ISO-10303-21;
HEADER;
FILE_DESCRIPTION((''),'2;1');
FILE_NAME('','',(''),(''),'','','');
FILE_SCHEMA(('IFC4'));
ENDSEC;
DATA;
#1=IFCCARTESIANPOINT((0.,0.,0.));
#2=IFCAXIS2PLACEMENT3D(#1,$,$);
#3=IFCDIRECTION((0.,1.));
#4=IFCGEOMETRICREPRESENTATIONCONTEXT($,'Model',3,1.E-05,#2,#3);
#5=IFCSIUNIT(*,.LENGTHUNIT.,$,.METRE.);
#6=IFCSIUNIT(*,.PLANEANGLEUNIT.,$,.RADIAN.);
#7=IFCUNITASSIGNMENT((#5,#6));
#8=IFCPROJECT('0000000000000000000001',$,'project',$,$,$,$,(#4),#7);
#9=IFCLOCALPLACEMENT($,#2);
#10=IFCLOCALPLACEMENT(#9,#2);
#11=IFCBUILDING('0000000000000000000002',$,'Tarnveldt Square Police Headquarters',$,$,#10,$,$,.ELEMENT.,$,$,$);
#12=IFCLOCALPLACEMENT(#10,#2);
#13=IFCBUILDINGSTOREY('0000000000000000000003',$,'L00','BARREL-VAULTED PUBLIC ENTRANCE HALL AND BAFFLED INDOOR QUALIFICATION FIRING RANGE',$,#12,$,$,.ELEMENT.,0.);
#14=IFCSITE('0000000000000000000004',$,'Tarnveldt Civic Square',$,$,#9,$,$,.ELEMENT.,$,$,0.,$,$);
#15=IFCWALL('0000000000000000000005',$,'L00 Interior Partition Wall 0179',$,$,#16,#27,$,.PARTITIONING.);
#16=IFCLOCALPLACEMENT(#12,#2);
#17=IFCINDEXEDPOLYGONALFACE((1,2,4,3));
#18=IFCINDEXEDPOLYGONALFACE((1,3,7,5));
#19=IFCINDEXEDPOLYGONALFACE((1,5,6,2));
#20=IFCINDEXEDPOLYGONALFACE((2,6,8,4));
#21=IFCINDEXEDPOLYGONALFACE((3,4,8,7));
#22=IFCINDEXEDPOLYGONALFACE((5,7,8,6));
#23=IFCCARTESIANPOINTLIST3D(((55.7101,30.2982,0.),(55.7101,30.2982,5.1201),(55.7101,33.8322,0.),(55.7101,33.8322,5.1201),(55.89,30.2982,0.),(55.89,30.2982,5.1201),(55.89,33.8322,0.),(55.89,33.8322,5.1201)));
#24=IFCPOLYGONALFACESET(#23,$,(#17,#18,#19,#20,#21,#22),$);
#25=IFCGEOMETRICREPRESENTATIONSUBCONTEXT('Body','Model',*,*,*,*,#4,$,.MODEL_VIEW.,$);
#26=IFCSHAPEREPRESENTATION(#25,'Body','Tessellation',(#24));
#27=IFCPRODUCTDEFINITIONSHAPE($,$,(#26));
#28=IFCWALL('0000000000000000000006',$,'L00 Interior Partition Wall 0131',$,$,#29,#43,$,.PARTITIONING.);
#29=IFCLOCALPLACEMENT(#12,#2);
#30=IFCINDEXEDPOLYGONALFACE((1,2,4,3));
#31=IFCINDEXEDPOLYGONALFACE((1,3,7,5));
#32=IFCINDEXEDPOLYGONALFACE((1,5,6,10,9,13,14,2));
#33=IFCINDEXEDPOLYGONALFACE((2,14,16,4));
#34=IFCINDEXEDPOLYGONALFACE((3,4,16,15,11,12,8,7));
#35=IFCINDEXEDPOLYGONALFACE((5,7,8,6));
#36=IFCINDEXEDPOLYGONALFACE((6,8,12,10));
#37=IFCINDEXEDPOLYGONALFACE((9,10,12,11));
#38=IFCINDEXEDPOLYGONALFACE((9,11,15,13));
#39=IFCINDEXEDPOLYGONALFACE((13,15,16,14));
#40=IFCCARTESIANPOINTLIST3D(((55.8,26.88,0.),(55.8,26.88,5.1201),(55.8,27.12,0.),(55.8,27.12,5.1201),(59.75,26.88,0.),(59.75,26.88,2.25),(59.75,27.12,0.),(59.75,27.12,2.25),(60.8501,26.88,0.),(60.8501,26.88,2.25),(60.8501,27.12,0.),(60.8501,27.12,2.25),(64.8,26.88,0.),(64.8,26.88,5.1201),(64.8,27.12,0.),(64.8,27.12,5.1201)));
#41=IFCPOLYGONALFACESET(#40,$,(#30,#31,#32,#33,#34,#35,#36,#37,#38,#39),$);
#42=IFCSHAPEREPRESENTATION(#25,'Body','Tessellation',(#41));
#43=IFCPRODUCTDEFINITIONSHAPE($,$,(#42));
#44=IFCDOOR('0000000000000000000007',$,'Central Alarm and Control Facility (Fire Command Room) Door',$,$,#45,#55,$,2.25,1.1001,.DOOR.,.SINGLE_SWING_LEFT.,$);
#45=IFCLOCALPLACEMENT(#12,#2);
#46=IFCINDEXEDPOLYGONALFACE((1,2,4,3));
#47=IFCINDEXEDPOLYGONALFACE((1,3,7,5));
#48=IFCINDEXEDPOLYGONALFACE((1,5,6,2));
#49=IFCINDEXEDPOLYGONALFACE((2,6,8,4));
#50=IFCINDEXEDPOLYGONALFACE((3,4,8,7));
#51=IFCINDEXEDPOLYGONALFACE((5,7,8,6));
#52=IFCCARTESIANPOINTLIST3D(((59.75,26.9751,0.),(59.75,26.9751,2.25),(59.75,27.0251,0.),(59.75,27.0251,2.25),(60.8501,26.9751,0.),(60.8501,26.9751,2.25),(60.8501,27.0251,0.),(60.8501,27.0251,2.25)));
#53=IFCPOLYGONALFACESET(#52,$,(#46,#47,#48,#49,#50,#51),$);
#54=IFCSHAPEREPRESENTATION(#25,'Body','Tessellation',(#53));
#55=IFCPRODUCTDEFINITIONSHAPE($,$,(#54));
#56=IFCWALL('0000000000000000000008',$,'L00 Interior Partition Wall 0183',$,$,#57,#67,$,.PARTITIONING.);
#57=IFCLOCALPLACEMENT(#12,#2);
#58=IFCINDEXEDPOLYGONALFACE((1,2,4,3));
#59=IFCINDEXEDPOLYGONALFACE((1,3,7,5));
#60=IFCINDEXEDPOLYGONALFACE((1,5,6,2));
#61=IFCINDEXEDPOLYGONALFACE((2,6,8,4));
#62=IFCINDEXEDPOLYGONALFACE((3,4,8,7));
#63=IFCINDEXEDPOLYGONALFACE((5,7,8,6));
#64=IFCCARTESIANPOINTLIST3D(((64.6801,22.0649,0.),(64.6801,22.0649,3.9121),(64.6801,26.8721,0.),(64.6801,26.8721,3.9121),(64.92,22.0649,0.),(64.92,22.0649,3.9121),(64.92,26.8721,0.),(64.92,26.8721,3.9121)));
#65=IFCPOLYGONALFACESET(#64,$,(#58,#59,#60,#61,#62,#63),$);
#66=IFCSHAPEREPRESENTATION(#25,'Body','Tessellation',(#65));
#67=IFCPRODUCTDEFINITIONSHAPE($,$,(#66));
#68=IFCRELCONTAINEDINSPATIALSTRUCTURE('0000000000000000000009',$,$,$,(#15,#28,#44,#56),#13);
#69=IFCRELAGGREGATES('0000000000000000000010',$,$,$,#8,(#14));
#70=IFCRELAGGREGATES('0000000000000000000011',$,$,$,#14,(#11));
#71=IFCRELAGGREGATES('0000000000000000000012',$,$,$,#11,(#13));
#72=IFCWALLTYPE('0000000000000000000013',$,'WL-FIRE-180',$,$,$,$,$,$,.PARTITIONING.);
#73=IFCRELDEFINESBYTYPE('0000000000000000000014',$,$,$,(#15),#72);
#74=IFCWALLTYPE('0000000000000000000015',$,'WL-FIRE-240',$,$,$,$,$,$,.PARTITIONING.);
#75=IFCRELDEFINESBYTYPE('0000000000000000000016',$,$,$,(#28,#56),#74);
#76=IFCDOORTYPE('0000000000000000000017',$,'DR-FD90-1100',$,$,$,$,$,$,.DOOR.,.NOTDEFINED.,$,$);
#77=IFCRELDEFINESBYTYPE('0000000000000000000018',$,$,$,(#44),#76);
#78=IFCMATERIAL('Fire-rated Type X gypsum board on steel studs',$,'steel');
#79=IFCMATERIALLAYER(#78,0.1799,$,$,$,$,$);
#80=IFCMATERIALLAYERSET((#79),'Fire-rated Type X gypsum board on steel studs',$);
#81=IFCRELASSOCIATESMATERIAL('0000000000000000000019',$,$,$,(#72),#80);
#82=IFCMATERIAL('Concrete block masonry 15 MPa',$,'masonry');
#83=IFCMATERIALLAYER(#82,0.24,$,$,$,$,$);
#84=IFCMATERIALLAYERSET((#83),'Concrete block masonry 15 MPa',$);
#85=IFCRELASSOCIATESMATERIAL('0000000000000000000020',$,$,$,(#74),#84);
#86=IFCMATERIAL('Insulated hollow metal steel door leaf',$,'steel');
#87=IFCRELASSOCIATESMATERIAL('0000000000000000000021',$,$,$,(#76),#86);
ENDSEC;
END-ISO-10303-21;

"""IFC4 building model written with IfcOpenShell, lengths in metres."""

from ifc_helpers import new_model, si_unit, direction, frame, frame_2d, origin, place, context, subcontext, project, spatial, rectangle, extrude, material, layer, layer_set, type_object, element, fill, save


model = new_model("IFC4")

# Units and contexts
model_context = context("Model", 3, precision=1e-05, world=origin(), true_north=direction((0.0, 1.0)))
body_context = subcontext(model_context, "Body", "Model", "MODEL_VIEW")
ifc_project = project(units=[si_unit("LENGTHUNIT", "METRE"), si_unit("PLANEANGLEUNIT", "RADIAN")], contexts=[model_context])

# Site, building, storey
site_placement = place(None, origin())
site = spatial("IfcSite", under=ifc_project, at=site_placement, Name="Tarnveldt Civic Square", CompositionType="ELEMENT", RefElevation=0.0)
building_placement = place(site_placement, origin())
building = spatial("IfcBuilding", under=site, at=building_placement, Name="Tarnveldt Square Police Headquarters", CompositionType="ELEMENT")
storey_placement = place(building_placement, origin())
storey = spatial("IfcBuildingStorey", under=building, at=storey_placement, Name="L00", Description="BARREL-VAULTED PUBLIC ENTRANCE HALL AND BAFFLED INDOOR QUALIFICATION FIRING RANGE", CompositionType="ELEMENT", Elevation=0.0)

# Wall
ifc_material_1 = material(Name="Fire-rated Type X gypsum board on steel studs", Category="steel")
ifc_layer_1 = layer(ifc_material_1, 0.1799)
ifc_layer_set_1 = layer_set([ifc_layer_1], Name="Fire-rated Type X gypsum board on steel studs")
wall_type_1 = type_object("IfcWallType", Name="WL-FIRE-180", PredefinedType="PARTITIONING", material=ifc_layer_set_1)
wall_1_placement = place(storey_placement, frame((55.8, 30.2981, 0.0), z_axis=(0.0, 0.0, 1.0), x_axis=(0.0, 1.0, 0.0)))
element("IfcWall", 1, at=wall_1_placement, inside=storey, type_object=wall_type_1, Name="L00 Interior Partition Wall 0179", PredefinedType="PARTITIONING", context=body_context, shape_type="SweptSolid", body=[
    extrude(rectangle(XDim=3.5339, YDim=0.1799, at=frame_2d((1.7671, 0.0))), origin(), (0.0, 0.0, 1.0), 5.1201),
])

# Wall, opening, door
ifc_material_2 = material(Name="Insulated hollow metal steel door leaf", Category="steel")
ifc_material_3 = material(Name="Concrete block masonry 15 MPa", Category="masonry")
ifc_layer_2 = layer(ifc_material_3, 0.24)
ifc_layer_set_2 = layer_set([ifc_layer_2], Name="Concrete block masonry 15 MPa")
wall_type_2 = type_object("IfcWallType", Name="WL-FIRE-240", PredefinedType="PARTITIONING", material=ifc_layer_set_2)
wall_2_placement = place(storey_placement, frame((55.8, 27.0, 0.0), z_axis=(0.0, 0.0, 1.0), x_axis=(1.0, 0.0, 0.0)))
wall_2 = element("IfcWall", 2, at=wall_2_placement, inside=storey, type_object=wall_type_2, Name="L00 Interior Partition Wall 0131", PredefinedType="PARTITIONING", context=body_context, shape_type="SweptSolid", body=[
    extrude(rectangle(XDim=9.0, YDim=0.24, at=frame_2d((4.5, 0.0))), origin(), (0.0, 0.0, 1.0), 5.1201),
])
opening_1_placement = place(wall_2_placement, frame((3.95, 0.0, 0.0)))
opening_1 = element("IfcOpeningElement", 3, at=opening_1_placement, cuts=wall_2, PredefinedType="OPENING", context=body_context, shape_type="SweptSolid", body=[
    extrude(rectangle(XDim=1.1001, YDim=2.25, at=frame_2d((0.55, 1.125))), frame((0.0, 0.1299, 0.0), z_axis=(0.0, -1.0, 0.0), x_axis=(1.0, 0.0, 0.0)), (0.0, 0.0, 1.0), 0.26),
])
door_type_1 = type_object("IfcDoorType", Name="DR-FD90-1100", OperationType="NOTDEFINED", PredefinedType="DOOR", material=ifc_material_2)
door_1_placement = place(opening_1_placement, frame((1.1001, 0.0, 0.0), z_axis=(0.0, 0.0, 1.0), x_axis=(-1.0, 0.0, 0.0)))
door_1 = element("IfcDoor", 4, at=door_1_placement, inside=storey, type_object=door_type_1, Name="Central Alarm and Control Facility (Fire Command Room) Door", OperationType="SINGLE_SWING_LEFT", OverallHeight=2.25, OverallWidth=1.1001, PredefinedType="DOOR", context=body_context, shape_type="SweptSolid", body=[
    extrude(rectangle(XDim=1.1001, YDim=2.25, at=frame_2d((0.55, 1.125))), frame((0.0, 0.0249, 0.0), z_axis=(0.0, -1.0, 0.0), x_axis=(1.0, 0.0, 0.0)), (0.0, 0.0, 1.0), 0.05),
])
fill(opening_1, door_1)

# Wall
wall_3_placement = place(storey_placement, frame((64.8, 22.0649, 0.0), z_axis=(0.0, 0.0, 1.0), x_axis=(0.0, 1.0, 0.0)))
element("IfcWall", 5, at=wall_3_placement, inside=storey, type_object=wall_type_2, Name="L00 Interior Partition Wall 0183", PredefinedType="PARTITIONING", context=body_context, shape_type="SweptSolid", body=[
    extrude(rectangle(XDim=4.8071, YDim=0.24, at=frame_2d((2.4036, 0.0))), origin(), (0.0, 0.0, 1.0), 3.9121),
])

save(model, "model.ifc")
